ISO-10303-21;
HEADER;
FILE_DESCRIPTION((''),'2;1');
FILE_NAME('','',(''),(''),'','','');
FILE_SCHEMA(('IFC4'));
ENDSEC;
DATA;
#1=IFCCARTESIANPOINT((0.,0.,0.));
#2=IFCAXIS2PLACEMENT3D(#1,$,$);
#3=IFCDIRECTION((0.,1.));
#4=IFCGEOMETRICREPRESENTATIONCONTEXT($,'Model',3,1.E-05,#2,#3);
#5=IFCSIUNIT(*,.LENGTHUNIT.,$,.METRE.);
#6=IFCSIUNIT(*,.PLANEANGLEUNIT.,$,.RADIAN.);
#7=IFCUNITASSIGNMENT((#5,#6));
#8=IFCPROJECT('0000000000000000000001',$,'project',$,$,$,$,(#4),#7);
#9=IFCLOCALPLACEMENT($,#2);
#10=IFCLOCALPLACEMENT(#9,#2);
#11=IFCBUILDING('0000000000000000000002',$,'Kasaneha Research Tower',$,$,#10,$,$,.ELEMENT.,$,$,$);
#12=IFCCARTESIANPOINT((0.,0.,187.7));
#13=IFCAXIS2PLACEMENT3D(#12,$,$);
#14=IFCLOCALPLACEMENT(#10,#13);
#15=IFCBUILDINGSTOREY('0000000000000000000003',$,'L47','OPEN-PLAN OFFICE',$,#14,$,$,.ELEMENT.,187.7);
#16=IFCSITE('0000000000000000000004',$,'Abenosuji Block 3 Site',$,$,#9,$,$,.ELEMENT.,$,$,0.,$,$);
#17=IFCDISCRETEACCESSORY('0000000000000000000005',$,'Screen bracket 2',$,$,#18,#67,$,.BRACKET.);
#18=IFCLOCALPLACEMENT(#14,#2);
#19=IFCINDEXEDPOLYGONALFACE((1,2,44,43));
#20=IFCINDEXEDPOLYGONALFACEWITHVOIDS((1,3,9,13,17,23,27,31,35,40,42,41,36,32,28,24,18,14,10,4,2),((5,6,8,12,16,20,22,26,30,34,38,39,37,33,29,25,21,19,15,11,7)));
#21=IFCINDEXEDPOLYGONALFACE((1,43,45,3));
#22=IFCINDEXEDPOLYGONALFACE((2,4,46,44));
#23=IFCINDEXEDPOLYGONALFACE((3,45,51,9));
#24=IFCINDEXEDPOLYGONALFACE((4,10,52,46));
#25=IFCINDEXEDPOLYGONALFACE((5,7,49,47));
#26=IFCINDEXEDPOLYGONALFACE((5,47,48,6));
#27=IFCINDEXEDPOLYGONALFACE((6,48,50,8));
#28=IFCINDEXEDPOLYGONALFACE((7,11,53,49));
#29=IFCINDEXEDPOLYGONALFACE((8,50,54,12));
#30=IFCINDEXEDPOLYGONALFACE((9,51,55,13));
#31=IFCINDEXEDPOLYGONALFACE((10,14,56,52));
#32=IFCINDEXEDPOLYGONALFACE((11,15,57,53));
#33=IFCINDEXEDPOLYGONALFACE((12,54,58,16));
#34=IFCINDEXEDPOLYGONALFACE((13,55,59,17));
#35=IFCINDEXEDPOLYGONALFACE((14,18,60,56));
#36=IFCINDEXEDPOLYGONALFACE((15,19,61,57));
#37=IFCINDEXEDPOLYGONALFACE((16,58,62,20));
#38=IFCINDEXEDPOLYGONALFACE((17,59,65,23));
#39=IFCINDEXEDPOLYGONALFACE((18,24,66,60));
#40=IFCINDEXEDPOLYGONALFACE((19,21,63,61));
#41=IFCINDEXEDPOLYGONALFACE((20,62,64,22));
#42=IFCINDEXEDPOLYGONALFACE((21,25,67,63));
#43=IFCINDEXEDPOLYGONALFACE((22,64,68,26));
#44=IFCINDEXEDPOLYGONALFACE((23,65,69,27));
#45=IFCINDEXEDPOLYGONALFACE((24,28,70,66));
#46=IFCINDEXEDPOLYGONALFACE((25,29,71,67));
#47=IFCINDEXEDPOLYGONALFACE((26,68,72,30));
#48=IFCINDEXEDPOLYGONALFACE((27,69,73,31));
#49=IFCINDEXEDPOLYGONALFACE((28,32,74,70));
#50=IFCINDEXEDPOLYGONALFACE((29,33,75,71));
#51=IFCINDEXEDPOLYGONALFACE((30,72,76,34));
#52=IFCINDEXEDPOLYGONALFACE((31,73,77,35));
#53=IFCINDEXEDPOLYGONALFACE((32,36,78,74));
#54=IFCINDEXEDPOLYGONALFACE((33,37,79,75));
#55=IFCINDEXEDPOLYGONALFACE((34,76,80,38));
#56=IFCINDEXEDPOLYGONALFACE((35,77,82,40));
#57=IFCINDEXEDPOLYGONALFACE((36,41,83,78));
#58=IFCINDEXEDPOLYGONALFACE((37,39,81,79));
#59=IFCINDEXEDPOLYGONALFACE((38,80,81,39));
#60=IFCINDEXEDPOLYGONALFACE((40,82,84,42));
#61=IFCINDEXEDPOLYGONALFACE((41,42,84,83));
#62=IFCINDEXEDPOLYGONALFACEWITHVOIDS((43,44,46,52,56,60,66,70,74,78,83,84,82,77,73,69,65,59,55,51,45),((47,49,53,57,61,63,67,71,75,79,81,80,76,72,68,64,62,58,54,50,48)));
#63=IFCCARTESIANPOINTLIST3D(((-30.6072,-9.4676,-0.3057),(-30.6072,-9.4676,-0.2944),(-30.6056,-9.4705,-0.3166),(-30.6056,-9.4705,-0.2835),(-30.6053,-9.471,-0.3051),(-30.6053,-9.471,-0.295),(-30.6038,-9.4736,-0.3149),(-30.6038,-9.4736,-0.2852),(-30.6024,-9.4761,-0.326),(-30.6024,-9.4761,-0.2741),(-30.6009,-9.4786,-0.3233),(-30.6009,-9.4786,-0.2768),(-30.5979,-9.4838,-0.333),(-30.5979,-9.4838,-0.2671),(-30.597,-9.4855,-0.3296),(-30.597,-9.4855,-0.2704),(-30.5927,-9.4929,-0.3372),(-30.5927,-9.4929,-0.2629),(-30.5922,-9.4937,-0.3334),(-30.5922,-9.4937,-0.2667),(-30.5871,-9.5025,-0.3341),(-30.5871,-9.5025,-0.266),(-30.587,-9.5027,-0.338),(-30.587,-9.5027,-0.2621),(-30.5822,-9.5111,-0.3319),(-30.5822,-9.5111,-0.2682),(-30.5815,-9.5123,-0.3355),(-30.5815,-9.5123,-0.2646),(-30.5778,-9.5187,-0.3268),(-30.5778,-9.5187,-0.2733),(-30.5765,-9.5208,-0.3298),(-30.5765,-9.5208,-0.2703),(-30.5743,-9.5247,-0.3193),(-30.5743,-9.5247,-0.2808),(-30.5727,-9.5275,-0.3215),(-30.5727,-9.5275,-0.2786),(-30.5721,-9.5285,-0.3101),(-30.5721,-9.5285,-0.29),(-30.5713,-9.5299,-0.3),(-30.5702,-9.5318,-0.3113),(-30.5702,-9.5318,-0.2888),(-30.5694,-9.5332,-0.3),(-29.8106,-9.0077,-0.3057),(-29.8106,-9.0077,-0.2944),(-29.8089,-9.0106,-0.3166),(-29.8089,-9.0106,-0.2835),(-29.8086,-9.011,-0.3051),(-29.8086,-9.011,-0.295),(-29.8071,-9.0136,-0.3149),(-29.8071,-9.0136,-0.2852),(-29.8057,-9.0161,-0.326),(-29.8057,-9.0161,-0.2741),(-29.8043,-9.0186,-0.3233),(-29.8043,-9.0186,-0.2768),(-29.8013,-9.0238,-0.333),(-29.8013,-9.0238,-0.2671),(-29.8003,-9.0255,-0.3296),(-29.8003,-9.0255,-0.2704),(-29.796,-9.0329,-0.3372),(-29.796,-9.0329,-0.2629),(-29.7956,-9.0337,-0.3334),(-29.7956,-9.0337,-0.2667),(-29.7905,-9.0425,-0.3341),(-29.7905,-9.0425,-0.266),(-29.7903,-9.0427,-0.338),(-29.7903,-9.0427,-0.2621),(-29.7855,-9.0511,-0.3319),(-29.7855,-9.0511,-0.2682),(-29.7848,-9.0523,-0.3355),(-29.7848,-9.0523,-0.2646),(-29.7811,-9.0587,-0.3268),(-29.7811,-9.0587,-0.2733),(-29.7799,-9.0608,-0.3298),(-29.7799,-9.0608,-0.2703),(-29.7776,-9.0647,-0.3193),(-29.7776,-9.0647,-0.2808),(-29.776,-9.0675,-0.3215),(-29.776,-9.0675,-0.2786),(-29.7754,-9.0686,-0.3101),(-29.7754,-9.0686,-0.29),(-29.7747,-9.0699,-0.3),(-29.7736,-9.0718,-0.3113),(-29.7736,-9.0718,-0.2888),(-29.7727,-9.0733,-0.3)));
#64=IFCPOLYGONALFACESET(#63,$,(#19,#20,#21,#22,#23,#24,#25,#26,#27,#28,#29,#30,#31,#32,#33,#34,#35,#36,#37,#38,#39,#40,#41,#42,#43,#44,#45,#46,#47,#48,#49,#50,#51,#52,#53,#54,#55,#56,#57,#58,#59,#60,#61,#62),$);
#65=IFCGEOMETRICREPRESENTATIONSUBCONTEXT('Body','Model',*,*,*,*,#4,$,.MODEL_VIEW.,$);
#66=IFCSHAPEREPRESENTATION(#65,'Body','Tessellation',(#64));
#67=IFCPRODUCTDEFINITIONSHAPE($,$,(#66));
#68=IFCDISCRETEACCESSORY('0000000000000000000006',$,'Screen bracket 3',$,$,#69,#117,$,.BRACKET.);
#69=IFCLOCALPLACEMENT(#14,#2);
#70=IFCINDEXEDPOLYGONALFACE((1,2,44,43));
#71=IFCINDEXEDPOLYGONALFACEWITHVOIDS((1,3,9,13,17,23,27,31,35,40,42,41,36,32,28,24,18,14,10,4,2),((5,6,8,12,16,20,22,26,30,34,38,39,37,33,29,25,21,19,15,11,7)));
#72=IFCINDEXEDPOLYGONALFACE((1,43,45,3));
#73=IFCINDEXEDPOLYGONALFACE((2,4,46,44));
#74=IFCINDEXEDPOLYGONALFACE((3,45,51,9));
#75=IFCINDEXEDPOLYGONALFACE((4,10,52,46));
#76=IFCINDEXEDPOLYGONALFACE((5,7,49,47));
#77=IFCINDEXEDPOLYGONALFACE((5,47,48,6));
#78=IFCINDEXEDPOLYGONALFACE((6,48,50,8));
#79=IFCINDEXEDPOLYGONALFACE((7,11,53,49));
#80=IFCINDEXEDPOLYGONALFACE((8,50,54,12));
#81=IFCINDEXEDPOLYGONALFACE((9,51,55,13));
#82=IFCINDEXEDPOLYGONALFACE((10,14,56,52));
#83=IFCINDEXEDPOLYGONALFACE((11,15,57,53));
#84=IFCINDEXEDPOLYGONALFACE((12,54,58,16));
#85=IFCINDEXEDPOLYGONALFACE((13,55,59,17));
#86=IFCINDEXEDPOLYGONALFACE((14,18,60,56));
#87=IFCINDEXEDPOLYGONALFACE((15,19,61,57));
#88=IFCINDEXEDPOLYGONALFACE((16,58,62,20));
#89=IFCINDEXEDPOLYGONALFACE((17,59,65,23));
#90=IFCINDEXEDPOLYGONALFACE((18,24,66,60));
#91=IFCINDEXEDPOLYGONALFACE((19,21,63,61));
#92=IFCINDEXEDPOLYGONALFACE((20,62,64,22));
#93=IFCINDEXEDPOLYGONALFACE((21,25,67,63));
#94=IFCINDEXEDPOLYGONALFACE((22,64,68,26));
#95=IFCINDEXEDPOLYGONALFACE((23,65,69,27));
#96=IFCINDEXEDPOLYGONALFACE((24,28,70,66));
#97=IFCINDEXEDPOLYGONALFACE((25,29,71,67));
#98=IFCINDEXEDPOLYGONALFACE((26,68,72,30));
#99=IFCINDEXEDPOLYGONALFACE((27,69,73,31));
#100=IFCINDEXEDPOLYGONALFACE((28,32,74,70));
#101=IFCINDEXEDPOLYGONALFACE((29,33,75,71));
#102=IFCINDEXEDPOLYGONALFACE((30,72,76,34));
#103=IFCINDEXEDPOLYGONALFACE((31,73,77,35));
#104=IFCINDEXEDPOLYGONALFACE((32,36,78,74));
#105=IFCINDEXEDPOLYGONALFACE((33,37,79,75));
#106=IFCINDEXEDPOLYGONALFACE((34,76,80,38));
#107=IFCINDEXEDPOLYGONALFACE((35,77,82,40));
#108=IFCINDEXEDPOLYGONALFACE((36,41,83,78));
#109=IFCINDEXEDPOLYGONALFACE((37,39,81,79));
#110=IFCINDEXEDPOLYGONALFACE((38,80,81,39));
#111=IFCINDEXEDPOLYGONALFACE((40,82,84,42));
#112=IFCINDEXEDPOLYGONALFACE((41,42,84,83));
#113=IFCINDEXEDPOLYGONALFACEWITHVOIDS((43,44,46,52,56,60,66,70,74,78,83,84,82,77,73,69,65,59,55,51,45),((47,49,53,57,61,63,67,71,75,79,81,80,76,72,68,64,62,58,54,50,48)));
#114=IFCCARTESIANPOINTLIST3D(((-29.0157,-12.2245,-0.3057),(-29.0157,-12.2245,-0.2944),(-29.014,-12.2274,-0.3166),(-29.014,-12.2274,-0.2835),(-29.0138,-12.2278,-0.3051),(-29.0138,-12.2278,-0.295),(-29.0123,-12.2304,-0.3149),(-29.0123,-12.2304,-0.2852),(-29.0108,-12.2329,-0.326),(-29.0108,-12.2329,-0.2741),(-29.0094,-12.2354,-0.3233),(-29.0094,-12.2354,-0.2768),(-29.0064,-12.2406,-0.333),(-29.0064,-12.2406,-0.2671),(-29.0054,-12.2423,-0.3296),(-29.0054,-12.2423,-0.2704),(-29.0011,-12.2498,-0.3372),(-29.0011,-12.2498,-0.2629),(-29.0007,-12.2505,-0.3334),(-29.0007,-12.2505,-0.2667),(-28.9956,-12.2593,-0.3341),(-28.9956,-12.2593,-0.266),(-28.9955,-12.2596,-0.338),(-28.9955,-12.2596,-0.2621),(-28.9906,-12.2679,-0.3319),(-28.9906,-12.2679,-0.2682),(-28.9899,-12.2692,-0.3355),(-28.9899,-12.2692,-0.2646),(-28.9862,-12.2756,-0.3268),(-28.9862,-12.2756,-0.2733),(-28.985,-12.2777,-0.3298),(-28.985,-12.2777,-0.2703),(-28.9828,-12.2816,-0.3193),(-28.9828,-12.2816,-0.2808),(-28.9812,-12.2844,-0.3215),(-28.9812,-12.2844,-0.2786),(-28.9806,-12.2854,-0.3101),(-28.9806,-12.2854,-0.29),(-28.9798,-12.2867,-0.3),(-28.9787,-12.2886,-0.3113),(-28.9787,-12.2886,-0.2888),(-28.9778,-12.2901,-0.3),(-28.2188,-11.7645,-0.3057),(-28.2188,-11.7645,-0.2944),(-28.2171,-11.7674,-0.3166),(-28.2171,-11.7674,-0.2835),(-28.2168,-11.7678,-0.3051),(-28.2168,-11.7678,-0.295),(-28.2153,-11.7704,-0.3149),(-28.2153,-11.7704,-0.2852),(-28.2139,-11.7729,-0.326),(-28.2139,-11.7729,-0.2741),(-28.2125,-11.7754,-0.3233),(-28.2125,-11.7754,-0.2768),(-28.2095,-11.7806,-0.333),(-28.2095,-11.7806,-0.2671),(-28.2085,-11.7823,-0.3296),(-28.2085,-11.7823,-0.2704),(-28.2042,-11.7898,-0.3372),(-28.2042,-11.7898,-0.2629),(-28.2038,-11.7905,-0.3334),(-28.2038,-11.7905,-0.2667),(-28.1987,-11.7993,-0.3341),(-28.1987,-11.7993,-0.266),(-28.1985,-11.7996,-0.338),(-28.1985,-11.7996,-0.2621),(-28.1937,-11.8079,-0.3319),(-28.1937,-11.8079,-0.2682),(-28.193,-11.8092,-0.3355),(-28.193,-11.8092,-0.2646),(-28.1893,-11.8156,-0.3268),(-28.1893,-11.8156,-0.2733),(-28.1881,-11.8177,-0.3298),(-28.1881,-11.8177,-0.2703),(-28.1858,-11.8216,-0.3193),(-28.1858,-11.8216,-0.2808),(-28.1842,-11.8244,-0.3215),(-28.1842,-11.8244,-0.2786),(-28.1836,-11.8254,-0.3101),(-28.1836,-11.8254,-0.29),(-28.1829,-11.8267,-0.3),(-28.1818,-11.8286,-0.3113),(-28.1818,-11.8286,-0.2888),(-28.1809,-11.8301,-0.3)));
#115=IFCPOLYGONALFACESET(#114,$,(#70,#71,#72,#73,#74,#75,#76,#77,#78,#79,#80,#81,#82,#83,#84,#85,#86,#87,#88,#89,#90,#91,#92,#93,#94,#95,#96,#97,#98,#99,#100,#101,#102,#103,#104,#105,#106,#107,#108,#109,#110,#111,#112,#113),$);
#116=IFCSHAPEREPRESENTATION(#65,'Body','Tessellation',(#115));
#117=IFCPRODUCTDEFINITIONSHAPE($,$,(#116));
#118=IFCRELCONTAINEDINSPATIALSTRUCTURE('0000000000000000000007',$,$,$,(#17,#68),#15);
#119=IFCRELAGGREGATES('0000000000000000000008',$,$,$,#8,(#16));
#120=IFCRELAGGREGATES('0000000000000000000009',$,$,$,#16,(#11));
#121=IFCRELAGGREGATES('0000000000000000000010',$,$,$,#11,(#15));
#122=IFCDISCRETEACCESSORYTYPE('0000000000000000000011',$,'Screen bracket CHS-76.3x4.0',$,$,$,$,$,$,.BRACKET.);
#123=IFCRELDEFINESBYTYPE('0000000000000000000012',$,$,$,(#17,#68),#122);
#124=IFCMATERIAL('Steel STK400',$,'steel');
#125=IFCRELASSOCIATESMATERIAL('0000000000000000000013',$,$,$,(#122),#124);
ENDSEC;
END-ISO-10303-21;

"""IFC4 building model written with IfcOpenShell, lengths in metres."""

from ifc_helpers import new_model, si_unit, direction, frame, origin, origin_2d, place, context, subcontext, project, spatial, hollow_circle, extrude, material, material_profile, profile_set, type_object, element, save


model = new_model("IFC4")

# Units and contexts
model_context = context("Model", 3, precision=1e-05, world=origin(), true_north=direction((0.0, 1.0)))
body_context = subcontext(model_context, "Body", "Model", "MODEL_VIEW")
ifc_project = project(units=[si_unit("LENGTHUNIT", "METRE"), si_unit("PLANEANGLEUNIT", "RADIAN")], contexts=[model_context])

# Site, building, storey
site_placement = place(None, origin())
site = spatial("IfcSite", under=ifc_project, at=site_placement, Name="Abenosuji Block 3 Site", CompositionType="ELEMENT", RefElevation=0.0)
building_placement = place(site_placement, origin())
building = spatial("IfcBuilding", under=site, at=building_placement, Name="Kasaneha Research Tower", CompositionType="ELEMENT")
storey_placement = place(building_placement, frame((0.0, 0.0, 187.7)))
storey = spatial("IfcBuildingStorey", under=building, at=storey_placement, Name="L47", Description="OPEN-PLAN OFFICE", CompositionType="ELEMENT", Elevation=187.7)

# Discrete accessories
ifc_material_1 = material(Name="Steel STK400", Category="steel")
ifc_material_profile_1 = material_profile(ifc_material_1, hollow_circle(Radius=0.0381, WallThickness=0.0039, at=origin_2d()), Name="CHS-76.3x4.0")
ifc_profile_set_1 = profile_set([ifc_material_profile_1], Name="Steel STK400")
discrete_accessory_type = type_object("IfcDiscreteAccessoryType", Name="Screen bracket CHS-76.3x4.0", PredefinedType="BRACKET", material=ifc_profile_set_1)
discrete_accessory_1_placement = place(storey_placement, frame((-29.7917, -9.0403, -0.3), z_axis=(-0.866013, -0.500021, 0.0), x_axis=(0.500021, -0.866013, 0.0)))
element("IfcDiscreteAccessory", 1, at=discrete_accessory_1_placement, inside=storey, type_object=discrete_accessory_type, Name="Screen bracket 2", PredefinedType="BRACKET", context=body_context, shape_type="SweptSolid", body=[
    extrude(hollow_circle(Radius=0.0381, WallThickness=0.0039, at=origin_2d()), origin(), (0.0, 0.0, 1.0), 0.9199),
])
discrete_accessory_2_placement = place(storey_placement, frame((-28.2, -11.7971, -0.3), z_axis=(-0.86608, -0.499906, 0.0), x_axis=(0.499906, -0.86608, 0.0)))
element("IfcDiscreteAccessory", 2, at=discrete_accessory_2_placement, inside=storey, type_object=discrete_accessory_type, Name="Screen bracket 3", PredefinedType="BRACKET", context=body_context, shape_type="SweptSolid", body=[
    extrude(hollow_circle(Radius=0.0381, WallThickness=0.0039, at=origin_2d()), origin(), (0.0, 0.0, 1.0), 0.9202),
])

save(model, "model.ifc")
